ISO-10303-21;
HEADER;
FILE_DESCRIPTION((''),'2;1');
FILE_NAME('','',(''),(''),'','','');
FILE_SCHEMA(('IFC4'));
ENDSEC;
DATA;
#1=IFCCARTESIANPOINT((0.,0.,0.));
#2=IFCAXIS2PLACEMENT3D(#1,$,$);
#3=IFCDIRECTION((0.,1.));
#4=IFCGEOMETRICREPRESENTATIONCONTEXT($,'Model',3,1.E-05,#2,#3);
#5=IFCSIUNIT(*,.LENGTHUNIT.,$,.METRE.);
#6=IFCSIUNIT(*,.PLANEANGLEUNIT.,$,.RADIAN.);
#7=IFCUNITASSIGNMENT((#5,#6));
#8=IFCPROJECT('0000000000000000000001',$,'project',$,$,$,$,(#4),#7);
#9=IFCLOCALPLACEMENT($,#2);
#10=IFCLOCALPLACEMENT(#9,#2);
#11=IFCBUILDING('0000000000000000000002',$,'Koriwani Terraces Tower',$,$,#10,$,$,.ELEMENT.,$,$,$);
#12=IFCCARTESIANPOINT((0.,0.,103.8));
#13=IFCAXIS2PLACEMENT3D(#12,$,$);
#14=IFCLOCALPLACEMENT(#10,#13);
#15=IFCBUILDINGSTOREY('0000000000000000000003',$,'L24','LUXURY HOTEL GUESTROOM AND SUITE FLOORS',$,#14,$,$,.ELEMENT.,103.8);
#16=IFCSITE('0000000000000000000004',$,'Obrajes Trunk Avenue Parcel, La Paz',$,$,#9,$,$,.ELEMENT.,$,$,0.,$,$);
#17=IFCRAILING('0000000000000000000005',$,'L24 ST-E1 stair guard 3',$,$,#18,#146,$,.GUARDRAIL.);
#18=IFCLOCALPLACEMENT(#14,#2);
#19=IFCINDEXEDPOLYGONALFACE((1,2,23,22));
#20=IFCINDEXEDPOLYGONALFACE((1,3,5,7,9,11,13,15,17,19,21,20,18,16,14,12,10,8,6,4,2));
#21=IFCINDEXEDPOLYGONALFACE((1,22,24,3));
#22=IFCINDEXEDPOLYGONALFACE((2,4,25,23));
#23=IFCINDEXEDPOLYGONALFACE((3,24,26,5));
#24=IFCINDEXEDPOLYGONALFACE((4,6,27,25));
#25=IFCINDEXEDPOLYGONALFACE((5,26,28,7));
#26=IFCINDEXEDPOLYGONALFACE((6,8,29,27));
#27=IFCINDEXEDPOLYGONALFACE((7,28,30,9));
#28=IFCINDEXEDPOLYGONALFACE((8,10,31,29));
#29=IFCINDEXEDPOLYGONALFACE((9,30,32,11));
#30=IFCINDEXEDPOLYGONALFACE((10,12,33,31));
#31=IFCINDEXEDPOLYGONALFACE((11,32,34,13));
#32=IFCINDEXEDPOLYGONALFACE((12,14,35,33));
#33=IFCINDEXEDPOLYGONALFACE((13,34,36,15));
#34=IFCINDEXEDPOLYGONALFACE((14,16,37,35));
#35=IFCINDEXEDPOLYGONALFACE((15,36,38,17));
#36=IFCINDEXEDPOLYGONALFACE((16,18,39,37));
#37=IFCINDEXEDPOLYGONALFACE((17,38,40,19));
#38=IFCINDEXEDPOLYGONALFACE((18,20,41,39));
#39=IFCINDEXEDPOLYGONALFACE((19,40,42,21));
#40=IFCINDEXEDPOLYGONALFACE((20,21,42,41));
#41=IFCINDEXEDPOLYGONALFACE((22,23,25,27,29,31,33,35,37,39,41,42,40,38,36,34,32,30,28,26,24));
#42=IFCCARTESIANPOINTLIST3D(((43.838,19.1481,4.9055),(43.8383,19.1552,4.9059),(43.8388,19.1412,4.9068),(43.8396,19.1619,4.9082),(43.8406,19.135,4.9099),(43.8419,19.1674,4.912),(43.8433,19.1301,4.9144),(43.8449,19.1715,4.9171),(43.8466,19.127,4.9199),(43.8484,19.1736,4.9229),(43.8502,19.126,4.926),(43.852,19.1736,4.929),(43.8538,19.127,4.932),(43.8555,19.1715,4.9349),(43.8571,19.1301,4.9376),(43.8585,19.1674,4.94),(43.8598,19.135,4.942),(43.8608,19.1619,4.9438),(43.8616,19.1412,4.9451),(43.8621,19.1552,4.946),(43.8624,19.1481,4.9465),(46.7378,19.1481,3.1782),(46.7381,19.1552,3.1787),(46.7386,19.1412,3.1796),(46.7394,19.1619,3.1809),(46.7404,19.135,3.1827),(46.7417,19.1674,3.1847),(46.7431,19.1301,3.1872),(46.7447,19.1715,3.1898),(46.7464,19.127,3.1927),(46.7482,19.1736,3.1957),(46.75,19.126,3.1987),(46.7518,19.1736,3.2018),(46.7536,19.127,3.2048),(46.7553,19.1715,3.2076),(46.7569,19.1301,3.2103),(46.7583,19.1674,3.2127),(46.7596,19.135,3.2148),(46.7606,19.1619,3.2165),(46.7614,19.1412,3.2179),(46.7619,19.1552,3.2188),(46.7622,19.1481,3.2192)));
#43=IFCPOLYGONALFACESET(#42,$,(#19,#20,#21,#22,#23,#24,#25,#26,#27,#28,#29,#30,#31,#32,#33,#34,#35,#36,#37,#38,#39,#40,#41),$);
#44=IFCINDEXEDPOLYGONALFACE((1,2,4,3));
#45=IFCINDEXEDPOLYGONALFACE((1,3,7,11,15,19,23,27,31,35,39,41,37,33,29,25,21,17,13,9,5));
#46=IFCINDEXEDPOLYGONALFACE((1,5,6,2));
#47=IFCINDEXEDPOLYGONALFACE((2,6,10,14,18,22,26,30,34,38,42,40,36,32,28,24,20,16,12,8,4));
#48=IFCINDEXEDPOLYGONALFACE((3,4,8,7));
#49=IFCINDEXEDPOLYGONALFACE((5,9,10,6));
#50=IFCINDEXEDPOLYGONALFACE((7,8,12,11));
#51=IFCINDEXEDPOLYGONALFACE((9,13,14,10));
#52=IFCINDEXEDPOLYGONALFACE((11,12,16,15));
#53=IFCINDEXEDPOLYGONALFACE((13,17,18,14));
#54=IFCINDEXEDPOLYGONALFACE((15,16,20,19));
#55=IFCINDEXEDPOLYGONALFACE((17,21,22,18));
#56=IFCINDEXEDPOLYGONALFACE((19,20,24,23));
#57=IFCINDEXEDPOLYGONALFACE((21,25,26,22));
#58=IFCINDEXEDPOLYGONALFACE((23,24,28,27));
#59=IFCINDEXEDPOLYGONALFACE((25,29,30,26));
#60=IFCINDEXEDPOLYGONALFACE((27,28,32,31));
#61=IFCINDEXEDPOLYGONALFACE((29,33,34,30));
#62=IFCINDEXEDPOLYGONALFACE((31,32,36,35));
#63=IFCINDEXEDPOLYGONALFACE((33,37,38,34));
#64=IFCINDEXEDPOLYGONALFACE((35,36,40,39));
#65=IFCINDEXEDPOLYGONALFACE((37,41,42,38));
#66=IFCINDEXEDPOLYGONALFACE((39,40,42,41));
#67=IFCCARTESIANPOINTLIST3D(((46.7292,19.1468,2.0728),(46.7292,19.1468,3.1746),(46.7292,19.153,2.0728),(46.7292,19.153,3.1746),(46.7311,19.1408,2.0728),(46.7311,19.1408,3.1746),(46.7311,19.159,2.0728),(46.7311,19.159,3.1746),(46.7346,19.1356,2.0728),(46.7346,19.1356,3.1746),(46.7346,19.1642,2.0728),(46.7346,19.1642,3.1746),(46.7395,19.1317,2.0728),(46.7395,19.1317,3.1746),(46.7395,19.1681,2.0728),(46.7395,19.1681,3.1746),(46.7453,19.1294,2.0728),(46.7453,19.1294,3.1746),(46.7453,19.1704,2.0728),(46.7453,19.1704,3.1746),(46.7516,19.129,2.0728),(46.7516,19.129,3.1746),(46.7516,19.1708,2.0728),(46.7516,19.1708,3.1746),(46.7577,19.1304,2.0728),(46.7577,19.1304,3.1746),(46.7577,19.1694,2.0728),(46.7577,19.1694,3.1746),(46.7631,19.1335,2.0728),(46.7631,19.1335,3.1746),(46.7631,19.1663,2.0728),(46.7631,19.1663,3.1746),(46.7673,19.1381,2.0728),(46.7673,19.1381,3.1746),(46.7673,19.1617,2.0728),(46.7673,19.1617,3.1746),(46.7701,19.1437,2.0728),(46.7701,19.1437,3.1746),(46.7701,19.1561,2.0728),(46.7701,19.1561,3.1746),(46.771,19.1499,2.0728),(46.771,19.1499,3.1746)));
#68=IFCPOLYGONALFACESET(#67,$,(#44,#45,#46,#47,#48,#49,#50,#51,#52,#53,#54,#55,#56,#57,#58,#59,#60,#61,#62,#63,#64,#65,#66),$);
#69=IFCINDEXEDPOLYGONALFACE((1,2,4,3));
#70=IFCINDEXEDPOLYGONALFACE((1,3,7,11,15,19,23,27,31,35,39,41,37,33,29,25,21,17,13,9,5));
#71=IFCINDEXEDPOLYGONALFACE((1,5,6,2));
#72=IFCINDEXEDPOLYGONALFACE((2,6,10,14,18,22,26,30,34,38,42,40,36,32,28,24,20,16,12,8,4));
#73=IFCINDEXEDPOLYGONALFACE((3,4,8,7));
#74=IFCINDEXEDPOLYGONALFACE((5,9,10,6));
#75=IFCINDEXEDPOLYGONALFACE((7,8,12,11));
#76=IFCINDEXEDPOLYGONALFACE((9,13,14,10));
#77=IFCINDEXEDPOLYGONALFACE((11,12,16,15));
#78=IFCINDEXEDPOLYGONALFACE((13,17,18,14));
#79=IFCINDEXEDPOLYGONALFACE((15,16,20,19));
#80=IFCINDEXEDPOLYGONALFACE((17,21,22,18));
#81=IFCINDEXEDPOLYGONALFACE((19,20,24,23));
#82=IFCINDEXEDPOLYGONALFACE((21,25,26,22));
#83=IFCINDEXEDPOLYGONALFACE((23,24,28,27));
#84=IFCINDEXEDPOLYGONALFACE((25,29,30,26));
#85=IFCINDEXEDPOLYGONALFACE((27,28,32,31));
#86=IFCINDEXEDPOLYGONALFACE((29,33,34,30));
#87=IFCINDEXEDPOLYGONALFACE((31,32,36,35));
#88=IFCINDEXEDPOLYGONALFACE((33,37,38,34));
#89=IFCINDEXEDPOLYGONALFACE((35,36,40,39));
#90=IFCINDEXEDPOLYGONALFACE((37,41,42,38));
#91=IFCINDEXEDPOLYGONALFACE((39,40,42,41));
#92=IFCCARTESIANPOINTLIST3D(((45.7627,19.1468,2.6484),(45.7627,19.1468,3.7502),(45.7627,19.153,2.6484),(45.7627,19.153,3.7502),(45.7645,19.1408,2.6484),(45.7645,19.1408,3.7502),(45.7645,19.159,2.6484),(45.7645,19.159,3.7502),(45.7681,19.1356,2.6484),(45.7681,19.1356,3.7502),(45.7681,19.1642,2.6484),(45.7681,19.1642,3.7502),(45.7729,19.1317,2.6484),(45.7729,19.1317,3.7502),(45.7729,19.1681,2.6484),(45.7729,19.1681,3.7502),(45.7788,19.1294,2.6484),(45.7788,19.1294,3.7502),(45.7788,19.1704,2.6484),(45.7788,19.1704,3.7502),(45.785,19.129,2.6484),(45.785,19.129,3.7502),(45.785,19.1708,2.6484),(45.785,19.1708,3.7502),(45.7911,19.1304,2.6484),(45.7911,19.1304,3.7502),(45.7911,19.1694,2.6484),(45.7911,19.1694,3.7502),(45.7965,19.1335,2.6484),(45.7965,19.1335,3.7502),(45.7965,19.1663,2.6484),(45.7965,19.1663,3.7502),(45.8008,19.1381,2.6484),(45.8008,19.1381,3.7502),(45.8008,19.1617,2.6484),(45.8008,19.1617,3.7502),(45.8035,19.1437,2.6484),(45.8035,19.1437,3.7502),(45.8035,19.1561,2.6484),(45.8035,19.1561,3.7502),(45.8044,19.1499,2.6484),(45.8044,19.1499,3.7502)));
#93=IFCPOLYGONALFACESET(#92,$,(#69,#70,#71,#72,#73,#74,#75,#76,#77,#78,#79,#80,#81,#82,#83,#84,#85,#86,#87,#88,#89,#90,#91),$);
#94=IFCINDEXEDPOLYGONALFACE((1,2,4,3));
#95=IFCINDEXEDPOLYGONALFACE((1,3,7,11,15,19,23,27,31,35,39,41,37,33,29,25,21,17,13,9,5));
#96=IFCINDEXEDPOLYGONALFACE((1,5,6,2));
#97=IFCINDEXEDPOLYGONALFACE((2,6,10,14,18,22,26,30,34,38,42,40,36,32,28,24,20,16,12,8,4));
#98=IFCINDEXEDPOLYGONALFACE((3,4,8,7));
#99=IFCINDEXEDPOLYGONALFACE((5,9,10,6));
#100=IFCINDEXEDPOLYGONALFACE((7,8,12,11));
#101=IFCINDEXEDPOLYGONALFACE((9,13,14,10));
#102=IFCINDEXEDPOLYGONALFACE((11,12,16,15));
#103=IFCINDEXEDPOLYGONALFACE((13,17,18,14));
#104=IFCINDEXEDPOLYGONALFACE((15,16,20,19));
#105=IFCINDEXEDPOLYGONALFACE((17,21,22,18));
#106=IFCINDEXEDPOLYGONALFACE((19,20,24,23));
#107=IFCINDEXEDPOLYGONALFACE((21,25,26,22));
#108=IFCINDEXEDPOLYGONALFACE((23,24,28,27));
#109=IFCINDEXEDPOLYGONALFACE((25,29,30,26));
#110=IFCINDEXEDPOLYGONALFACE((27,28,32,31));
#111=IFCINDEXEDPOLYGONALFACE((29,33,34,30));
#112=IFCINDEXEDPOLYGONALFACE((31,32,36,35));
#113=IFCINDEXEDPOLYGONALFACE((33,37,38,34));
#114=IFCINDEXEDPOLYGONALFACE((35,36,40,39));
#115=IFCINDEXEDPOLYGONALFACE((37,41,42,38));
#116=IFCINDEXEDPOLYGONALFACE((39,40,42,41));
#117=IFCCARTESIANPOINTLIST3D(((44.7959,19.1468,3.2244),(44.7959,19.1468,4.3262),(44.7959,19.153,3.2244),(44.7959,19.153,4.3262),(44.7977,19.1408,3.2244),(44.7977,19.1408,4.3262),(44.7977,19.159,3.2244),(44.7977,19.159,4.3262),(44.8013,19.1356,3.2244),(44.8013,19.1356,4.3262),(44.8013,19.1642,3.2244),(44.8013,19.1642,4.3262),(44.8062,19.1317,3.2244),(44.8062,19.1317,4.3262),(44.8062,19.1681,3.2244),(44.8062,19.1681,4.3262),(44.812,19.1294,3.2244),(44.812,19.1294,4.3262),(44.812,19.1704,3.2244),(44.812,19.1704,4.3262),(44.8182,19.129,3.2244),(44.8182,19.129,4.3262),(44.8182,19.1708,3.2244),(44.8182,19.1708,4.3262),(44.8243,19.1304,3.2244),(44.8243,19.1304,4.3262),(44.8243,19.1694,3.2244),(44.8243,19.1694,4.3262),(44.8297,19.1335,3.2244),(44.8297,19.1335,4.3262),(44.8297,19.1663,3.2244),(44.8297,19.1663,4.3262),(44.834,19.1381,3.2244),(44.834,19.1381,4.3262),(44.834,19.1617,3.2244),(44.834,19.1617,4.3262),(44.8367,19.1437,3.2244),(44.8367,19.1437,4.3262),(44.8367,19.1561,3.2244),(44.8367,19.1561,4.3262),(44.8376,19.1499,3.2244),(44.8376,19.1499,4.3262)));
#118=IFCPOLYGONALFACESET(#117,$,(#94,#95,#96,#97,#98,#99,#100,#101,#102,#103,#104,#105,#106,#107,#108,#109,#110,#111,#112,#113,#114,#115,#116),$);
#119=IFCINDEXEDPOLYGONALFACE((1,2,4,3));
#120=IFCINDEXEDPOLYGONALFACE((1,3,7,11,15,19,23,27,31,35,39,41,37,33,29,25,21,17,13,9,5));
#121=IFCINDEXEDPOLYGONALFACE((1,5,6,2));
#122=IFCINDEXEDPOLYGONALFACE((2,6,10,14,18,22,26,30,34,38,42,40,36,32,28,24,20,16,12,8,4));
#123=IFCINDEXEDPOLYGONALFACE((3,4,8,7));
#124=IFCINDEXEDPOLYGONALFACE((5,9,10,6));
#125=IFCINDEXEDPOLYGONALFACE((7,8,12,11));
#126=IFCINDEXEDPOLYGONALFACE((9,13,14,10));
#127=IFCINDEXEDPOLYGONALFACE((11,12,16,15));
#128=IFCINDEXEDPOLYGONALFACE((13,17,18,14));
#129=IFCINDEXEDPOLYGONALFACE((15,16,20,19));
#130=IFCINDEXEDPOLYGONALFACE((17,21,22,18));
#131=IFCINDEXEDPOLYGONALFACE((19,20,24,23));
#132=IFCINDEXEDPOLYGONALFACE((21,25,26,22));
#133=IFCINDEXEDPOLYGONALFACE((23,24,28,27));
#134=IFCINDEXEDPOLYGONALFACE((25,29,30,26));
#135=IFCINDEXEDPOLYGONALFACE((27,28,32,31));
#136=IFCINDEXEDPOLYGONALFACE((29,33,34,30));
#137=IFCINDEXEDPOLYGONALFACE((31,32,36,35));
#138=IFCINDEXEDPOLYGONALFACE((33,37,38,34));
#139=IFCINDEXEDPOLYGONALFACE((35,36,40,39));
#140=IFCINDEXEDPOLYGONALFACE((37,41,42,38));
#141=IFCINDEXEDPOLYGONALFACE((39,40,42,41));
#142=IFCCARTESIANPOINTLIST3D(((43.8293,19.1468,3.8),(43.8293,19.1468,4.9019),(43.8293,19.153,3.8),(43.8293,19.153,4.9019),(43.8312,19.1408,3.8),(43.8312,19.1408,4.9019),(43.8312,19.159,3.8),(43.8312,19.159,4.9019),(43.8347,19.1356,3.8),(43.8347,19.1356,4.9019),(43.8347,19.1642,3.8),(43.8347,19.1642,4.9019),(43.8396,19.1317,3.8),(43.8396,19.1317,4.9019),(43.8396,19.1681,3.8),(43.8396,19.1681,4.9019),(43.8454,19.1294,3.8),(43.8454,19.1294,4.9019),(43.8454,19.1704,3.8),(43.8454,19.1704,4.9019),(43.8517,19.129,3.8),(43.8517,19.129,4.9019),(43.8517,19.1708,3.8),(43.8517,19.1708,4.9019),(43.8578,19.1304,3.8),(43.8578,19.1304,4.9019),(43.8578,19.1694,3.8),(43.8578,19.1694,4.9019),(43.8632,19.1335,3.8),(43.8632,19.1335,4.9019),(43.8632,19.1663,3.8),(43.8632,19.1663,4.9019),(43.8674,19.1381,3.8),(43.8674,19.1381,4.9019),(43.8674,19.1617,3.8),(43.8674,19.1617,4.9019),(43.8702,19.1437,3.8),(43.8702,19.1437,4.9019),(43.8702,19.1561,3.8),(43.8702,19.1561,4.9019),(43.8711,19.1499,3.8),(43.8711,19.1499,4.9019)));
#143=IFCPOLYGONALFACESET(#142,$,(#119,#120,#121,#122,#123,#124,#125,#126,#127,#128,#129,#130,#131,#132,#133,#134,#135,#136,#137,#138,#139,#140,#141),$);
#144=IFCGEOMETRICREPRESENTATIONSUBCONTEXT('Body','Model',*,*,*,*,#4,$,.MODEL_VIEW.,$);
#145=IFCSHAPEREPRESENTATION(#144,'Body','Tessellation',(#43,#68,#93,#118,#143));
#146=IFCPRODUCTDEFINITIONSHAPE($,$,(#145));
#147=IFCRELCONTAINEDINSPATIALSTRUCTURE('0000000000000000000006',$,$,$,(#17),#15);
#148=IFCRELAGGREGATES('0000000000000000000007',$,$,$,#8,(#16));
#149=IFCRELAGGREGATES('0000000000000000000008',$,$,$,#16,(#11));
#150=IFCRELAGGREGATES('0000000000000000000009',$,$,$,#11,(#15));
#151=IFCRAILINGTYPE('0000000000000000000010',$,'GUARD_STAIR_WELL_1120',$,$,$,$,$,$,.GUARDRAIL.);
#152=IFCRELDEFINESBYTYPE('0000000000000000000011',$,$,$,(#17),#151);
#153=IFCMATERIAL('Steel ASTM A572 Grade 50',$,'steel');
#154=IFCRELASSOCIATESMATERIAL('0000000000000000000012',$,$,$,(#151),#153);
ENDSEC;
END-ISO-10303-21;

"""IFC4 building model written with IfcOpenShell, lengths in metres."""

from ifc_helpers import new_model, si_unit, direction, frame, origin, origin_2d, place, context, subcontext, project, spatial, circle, extrude, material, type_object, element, save


model = new_model("IFC4")

# Units and contexts
model_context = context("Model", 3, precision=1e-05, world=origin(), true_north=direction((0.0, 1.0)))
body_context = subcontext(model_context, "Body", "Model", "MODEL_VIEW")
ifc_project = project(units=[si_unit("LENGTHUNIT", "METRE"), si_unit("PLANEANGLEUNIT", "RADIAN")], contexts=[model_context])

# Site, building, storey
site_placement = place(None, origin())
site = spatial("IfcSite", under=ifc_project, at=site_placement, Name="Obrajes Trunk Avenue Parcel, La Paz", CompositionType="ELEMENT", RefElevation=0.0)
building_placement = place(site_placement, origin())
building = spatial("IfcBuilding", under=site, at=building_placement, Name="Koriwani Terraces Tower", CompositionType="ELEMENT")
storey_placement = place(building_placement, frame((0.0, 0.0, 103.8)))
storey = spatial("IfcBuildingStorey", under=building, at=storey_placement, Name="L24", Description="LUXURY HOTEL GUESTROOM AND SUITE FLOORS", CompositionType="ELEMENT", Elevation=103.8)

# Shared definitions
ifc_material_1 = material(Name="Steel ASTM A572 Grade 50", Category="steel")

# Railing
railing_type_1 = type_object("IfcRailingType", Name="GUARD_STAIR_WELL_1120", PredefinedType="GUARDRAIL", material=ifc_material_1)
railing_1_placement = place(storey_placement, frame((46.75, 19.1499, 2.0728)))
element("IfcRailing", 1, at=railing_1_placement, inside=storey, type_object=railing_type_1, Name="L24 ST-E1 stair guard 3", PredefinedType="GUARDRAIL", context=body_context, shape_type="SweptSolid", body=[
    extrude(circle(Radius=0.0239, at=origin_2d()), frame((0.0, 0.0, 1.126), z_axis=(-0.859141, 0.0, 0.511738), x_axis=(0.0, -1.0, 0.0)), (0.0, 0.0, 1.0), 3.3752),
    extrude(circle(Radius=0.021, at=origin_2d()), origin(), (0.0, 0.0, 1.0), 1.1018),
    extrude(circle(Radius=0.021, at=origin_2d()), frame((-0.9666, 0.0, 0.5757)), (0.0, 0.0, 1.0), 1.1018),
    extrude(circle(Radius=0.021, at=origin_2d()), frame((-1.9333, 0.0, 1.1516)), (0.0, 0.0, 1.0), 1.1018),
    extrude(circle(Radius=0.021, at=origin_2d()), frame((-2.8999, 0.0, 1.7273)), (0.0, 0.0, 1.0), 1.1018),
])

save(model, "model.ifc")
